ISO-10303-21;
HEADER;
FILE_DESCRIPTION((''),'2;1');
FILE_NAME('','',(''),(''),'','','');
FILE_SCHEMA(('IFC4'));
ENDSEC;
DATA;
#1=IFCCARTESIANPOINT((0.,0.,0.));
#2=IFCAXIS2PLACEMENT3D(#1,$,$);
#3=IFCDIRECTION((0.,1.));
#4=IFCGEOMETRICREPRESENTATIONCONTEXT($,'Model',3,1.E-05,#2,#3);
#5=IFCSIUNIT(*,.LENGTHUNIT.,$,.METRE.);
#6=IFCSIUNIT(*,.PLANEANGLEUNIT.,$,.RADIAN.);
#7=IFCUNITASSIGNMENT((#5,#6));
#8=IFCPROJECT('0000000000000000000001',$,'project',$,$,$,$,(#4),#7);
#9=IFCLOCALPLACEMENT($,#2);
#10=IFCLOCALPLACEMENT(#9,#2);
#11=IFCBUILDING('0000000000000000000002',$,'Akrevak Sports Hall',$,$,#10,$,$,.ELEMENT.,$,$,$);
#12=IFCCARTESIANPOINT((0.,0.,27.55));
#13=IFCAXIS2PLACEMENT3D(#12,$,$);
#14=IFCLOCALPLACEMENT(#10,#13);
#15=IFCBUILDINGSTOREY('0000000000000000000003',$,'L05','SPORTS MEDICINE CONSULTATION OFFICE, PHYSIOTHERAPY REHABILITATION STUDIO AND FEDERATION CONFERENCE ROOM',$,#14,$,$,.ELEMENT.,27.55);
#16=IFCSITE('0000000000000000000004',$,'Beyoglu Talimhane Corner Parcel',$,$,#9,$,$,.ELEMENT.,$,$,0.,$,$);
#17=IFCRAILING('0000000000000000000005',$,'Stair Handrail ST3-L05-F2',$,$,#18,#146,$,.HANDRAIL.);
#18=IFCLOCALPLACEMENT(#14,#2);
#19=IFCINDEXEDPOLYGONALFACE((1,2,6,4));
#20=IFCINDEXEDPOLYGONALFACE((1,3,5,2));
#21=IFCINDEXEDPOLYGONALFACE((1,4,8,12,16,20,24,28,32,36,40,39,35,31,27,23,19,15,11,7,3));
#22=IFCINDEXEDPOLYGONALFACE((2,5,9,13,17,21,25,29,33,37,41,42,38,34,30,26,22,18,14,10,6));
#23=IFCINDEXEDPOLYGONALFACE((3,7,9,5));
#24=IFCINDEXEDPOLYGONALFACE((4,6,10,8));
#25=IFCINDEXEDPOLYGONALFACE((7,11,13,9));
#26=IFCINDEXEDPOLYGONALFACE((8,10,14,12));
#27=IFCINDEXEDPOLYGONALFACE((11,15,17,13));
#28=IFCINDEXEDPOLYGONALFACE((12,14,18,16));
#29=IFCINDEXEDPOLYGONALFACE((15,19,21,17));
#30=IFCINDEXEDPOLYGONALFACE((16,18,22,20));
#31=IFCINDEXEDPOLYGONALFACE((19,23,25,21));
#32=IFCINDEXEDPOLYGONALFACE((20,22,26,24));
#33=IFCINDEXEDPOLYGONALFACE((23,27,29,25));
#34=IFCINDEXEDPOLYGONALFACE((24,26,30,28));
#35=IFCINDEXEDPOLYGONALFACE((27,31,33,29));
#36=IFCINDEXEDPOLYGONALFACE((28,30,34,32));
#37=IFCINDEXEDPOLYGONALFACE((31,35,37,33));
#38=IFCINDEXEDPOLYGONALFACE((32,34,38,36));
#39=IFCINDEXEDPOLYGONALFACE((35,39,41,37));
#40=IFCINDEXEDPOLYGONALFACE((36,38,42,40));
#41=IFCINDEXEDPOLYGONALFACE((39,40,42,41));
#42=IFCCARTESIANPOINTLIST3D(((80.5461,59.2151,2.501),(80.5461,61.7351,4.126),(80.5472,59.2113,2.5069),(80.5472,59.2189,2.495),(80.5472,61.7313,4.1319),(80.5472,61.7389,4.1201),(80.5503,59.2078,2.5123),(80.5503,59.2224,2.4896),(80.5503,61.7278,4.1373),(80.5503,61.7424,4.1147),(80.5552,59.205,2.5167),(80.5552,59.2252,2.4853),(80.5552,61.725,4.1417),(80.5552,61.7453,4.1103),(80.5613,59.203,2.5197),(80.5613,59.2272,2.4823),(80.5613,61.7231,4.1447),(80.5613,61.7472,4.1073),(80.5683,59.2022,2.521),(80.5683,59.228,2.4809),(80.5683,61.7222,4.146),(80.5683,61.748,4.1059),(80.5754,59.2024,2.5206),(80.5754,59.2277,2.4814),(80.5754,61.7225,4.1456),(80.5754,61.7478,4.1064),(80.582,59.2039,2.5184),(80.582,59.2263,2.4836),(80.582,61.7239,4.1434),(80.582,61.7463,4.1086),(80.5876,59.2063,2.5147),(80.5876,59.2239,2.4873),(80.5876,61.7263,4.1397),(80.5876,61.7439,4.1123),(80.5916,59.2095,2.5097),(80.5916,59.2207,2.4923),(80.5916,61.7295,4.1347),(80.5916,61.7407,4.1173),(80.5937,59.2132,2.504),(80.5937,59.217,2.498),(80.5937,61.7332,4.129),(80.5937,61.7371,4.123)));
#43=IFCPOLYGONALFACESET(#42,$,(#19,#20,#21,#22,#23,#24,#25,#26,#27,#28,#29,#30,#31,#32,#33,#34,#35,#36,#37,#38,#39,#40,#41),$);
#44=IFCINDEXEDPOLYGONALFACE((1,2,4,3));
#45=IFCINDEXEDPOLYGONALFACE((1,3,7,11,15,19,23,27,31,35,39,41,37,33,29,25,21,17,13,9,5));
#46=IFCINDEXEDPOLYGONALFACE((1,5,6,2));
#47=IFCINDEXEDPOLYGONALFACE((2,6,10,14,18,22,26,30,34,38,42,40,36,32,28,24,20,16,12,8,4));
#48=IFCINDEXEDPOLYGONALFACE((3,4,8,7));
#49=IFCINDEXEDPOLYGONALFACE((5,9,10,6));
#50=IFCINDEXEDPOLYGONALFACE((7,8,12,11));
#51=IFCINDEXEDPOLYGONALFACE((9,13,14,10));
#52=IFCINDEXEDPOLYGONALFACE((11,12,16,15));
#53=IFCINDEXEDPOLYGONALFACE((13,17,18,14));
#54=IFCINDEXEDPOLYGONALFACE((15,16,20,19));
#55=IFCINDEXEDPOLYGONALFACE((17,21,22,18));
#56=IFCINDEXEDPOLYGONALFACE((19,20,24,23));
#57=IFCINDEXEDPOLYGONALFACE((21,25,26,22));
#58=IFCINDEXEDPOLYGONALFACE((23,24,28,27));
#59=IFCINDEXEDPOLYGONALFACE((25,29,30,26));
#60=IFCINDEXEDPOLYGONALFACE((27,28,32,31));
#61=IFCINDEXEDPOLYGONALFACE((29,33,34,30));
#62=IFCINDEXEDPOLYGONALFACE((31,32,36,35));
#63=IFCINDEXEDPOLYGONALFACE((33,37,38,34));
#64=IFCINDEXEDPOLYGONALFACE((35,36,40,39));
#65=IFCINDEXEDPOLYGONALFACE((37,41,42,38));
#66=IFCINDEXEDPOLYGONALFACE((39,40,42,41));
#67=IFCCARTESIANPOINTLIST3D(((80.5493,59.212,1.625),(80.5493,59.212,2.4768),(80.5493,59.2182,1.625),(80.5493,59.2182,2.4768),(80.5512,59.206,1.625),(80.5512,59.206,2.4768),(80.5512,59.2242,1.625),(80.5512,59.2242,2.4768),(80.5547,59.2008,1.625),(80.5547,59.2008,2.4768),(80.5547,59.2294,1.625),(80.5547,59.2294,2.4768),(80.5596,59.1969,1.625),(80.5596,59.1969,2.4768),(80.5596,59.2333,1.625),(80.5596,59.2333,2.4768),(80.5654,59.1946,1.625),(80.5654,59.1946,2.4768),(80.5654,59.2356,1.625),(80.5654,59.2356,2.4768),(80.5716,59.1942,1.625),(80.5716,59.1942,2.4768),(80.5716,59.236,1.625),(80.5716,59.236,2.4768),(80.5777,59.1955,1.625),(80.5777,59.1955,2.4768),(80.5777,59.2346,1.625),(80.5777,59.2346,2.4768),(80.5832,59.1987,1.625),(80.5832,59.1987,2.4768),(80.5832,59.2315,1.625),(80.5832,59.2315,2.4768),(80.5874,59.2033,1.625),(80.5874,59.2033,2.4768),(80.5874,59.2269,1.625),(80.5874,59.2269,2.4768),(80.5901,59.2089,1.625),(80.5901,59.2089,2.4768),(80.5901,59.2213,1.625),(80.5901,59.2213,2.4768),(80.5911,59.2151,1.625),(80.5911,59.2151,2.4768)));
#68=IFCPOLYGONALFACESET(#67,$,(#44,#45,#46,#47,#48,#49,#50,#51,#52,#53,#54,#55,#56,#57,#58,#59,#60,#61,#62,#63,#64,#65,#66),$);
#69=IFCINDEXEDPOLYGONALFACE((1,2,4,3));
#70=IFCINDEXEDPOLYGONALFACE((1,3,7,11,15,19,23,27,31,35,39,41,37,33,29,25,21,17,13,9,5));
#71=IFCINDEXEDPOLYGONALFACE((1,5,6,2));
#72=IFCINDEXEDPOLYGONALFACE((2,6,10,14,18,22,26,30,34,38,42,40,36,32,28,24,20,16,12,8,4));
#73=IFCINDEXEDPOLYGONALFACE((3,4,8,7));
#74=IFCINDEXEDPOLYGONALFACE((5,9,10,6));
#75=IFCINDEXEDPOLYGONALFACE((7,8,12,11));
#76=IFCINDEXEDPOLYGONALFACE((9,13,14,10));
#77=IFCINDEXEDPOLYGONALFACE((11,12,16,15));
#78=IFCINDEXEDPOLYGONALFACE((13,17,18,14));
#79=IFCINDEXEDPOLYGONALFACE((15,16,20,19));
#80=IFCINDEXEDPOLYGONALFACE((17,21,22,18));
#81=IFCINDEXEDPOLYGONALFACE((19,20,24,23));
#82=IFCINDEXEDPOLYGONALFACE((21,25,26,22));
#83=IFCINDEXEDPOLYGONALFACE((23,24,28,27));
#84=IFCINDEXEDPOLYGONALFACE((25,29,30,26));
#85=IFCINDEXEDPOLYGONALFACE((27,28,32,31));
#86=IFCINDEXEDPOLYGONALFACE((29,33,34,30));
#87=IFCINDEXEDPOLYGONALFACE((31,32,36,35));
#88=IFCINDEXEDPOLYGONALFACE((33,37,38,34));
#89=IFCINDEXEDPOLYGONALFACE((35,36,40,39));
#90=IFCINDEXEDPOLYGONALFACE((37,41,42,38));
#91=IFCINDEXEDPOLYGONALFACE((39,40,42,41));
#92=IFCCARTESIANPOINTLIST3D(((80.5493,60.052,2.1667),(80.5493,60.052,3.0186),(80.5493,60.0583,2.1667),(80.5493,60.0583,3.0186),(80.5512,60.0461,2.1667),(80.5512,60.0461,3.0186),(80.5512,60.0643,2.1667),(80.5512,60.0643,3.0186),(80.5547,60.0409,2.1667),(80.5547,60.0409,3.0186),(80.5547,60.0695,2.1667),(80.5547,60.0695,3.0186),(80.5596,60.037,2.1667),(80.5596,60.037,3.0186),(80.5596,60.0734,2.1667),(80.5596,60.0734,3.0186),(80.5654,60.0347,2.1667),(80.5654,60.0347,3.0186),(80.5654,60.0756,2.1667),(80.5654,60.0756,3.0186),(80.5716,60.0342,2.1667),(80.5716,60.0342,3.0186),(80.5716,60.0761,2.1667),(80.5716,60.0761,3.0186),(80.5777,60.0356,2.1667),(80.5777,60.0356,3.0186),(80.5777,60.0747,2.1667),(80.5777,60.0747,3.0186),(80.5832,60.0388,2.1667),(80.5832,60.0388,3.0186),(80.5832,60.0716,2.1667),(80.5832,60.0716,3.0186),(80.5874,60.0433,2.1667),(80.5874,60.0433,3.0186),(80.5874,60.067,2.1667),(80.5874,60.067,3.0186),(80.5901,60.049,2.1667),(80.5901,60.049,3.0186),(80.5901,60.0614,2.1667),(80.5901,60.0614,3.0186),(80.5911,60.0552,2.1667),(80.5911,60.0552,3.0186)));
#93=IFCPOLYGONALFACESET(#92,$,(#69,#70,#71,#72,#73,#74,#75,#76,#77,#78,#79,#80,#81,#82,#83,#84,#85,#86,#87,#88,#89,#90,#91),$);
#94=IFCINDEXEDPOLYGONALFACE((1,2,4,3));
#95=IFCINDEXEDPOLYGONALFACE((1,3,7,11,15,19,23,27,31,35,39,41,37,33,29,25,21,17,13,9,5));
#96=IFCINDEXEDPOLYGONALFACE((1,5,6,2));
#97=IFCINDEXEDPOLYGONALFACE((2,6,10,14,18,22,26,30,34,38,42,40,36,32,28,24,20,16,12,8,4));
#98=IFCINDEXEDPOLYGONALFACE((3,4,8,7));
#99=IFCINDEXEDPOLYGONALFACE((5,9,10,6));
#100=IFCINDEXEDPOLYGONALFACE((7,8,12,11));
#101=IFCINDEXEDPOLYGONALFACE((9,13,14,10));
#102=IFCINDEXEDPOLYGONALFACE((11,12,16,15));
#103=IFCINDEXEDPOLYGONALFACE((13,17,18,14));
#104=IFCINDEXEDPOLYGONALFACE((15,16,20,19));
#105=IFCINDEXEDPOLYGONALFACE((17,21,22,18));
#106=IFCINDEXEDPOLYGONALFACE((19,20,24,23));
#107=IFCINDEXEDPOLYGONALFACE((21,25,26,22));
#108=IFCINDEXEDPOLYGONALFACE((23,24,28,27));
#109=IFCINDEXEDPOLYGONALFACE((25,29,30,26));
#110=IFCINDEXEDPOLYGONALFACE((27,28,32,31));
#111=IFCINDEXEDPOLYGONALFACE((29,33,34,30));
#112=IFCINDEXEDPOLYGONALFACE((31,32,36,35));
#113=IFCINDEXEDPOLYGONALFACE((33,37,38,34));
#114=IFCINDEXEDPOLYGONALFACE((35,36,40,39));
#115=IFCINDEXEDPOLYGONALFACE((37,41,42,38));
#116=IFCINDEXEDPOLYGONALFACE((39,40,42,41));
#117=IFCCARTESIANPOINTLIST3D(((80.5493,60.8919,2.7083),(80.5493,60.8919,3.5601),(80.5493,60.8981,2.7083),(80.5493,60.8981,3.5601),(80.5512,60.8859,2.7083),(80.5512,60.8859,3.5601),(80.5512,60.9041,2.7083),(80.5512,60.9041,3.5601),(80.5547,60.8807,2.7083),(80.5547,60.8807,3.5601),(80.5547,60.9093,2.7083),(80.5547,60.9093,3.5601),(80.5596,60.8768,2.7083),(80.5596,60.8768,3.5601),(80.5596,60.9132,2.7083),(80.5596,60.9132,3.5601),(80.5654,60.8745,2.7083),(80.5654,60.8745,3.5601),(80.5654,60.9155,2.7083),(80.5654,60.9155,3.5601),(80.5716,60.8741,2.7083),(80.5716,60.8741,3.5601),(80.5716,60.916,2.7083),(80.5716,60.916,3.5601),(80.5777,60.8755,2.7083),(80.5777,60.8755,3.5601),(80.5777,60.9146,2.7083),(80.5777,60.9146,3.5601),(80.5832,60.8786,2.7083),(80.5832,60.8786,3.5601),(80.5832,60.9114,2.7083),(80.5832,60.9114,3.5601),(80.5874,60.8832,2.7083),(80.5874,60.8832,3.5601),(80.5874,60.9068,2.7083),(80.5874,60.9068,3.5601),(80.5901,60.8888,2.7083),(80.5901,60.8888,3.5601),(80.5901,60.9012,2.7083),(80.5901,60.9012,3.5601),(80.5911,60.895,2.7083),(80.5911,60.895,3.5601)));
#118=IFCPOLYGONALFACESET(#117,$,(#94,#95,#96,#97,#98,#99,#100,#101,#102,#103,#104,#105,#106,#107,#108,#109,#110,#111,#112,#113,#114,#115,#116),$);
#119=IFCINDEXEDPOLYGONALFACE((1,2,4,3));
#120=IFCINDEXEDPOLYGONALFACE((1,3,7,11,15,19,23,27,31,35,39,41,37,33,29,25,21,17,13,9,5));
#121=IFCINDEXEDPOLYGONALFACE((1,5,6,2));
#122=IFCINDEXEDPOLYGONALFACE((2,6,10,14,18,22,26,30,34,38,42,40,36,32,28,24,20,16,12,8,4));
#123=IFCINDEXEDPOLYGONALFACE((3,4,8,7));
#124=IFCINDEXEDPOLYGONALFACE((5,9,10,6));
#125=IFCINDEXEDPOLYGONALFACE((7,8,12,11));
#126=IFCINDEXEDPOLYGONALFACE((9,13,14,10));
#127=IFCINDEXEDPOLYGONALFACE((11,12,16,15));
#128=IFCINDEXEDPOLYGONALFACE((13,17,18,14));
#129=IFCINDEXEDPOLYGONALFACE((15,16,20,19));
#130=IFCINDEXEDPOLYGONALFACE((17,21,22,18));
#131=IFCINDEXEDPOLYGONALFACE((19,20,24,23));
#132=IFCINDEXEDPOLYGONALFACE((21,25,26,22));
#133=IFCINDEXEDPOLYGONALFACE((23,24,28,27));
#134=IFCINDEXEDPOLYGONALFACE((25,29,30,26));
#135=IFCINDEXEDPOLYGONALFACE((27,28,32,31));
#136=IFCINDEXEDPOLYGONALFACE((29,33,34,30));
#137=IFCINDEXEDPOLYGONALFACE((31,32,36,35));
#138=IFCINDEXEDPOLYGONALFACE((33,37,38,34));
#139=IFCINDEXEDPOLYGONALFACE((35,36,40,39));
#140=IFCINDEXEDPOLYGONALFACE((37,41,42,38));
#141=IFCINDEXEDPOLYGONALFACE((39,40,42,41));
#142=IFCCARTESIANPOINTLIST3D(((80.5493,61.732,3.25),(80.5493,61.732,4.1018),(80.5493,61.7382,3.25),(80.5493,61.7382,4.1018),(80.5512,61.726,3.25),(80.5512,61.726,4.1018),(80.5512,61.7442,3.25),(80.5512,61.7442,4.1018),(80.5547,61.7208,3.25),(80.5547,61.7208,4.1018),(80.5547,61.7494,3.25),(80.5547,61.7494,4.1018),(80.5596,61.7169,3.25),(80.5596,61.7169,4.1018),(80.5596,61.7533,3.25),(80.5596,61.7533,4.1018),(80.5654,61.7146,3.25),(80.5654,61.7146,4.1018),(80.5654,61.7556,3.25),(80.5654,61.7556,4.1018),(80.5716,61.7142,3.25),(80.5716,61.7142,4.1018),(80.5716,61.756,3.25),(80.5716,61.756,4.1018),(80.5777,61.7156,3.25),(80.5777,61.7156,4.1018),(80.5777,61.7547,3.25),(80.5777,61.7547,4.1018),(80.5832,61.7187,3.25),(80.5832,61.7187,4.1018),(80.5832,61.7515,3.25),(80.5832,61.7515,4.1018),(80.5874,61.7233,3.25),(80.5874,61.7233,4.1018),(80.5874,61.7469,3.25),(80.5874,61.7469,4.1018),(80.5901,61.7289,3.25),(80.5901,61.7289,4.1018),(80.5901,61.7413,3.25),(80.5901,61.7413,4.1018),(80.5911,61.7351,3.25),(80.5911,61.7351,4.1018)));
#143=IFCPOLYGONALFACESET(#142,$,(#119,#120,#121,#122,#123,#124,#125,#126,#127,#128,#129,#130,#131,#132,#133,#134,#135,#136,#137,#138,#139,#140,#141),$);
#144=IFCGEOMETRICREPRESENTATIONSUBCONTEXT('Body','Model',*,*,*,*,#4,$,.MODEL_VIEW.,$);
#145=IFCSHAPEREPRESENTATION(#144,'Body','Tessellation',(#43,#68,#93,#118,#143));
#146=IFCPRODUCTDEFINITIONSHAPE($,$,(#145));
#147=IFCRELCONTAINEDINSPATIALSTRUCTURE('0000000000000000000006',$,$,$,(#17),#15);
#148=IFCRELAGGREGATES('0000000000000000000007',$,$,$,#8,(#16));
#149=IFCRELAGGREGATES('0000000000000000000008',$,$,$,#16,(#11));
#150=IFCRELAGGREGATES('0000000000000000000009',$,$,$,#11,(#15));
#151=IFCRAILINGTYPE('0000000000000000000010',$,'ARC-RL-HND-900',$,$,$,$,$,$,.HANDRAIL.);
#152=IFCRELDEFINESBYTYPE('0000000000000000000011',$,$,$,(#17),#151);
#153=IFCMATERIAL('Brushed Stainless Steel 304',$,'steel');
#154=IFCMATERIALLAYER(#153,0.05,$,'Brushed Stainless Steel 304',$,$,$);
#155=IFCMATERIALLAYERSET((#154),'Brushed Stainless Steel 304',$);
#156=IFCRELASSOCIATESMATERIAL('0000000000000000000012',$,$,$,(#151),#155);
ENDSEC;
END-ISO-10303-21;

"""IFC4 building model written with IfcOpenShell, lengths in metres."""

from ifc_helpers import new_model, si_unit, direction, frame, origin, origin_2d, place, context, subcontext, project, spatial, circle, extrude, material, layer, layer_set, type_object, element, save


model = new_model("IFC4")

# Units and contexts
model_context = context("Model", 3, precision=1e-05, world=origin(), true_north=direction((0.0, 1.0)))
body_context = subcontext(model_context, "Body", "Model", "MODEL_VIEW")
ifc_project = project(units=[si_unit("LENGTHUNIT", "METRE"), si_unit("PLANEANGLEUNIT", "RADIAN")], contexts=[model_context])

# Site, building, storey
site_placement = place(None, origin())
site = spatial("IfcSite", under=ifc_project, at=site_placement, Name="Beyoglu Talimhane Corner Parcel", CompositionType="ELEMENT", RefElevation=0.0)
building_placement = place(site_placement, origin())
building = spatial("IfcBuilding", under=site, at=building_placement, Name="Akrevak Sports Hall", CompositionType="ELEMENT")
storey_placement = place(building_placement, frame((0.0, 0.0, 27.55)))
storey = spatial("IfcBuildingStorey", under=building, at=storey_placement, Name="L05", Description="SPORTS MEDICINE CONSULTATION OFFICE, PHYSIOTHERAPY REHABILITATION STUDIO AND FEDERATION CONFERENCE ROOM", CompositionType="ELEMENT", Elevation=27.55)

# Railing
ifc_material_1 = material(Name="Brushed Stainless Steel 304", Category="steel")
ifc_layer_1 = layer(ifc_material_1, 0.05, Name="Brushed Stainless Steel 304")
ifc_layer_set_1 = layer_set([ifc_layer_1], Name="Brushed Stainless Steel 304")
railing_type_1 = type_object("IfcRailingType", Name="ARC-RL-HND-900", PredefinedType="HANDRAIL", material=ifc_layer_set_1)
railing_1_placement = place(storey_placement, frame((80.5701, 59.2151, 1.625)))
element("IfcRailing", 1, at=railing_1_placement, inside=storey, type_object=railing_type_1, Name="Stair Handrail ST3-L05-F2", PredefinedType="HANDRAIL", context=body_context, shape_type="SweptSolid", body=[
    extrude(circle(Radius=0.0239, at=origin_2d()), frame((0.0, 0.0, 0.876), z_axis=(0.0, 0.840421, 0.541934), x_axis=(-1.0, 0.0, 0.0)), (0.0, 0.0, 1.0), 2.9985),
    extrude(circle(Radius=0.021, at=origin_2d()), origin(), (0.0, 0.0, 1.0), 0.8518),
    extrude(circle(Radius=0.021, at=origin_2d()), frame((0.0, 0.8401, 0.5417)), (0.0, 0.0, 1.0), 0.8518),
    extrude(circle(Radius=0.021, at=origin_2d()), frame((0.0, 1.6799, 1.0833)), (0.0, 0.0, 1.0), 0.8518),
    extrude(circle(Radius=0.021, at=origin_2d()), frame((0.0, 2.52, 1.625)), (0.0, 0.0, 1.0), 0.8518),
])

save(model, "model.ifc")
